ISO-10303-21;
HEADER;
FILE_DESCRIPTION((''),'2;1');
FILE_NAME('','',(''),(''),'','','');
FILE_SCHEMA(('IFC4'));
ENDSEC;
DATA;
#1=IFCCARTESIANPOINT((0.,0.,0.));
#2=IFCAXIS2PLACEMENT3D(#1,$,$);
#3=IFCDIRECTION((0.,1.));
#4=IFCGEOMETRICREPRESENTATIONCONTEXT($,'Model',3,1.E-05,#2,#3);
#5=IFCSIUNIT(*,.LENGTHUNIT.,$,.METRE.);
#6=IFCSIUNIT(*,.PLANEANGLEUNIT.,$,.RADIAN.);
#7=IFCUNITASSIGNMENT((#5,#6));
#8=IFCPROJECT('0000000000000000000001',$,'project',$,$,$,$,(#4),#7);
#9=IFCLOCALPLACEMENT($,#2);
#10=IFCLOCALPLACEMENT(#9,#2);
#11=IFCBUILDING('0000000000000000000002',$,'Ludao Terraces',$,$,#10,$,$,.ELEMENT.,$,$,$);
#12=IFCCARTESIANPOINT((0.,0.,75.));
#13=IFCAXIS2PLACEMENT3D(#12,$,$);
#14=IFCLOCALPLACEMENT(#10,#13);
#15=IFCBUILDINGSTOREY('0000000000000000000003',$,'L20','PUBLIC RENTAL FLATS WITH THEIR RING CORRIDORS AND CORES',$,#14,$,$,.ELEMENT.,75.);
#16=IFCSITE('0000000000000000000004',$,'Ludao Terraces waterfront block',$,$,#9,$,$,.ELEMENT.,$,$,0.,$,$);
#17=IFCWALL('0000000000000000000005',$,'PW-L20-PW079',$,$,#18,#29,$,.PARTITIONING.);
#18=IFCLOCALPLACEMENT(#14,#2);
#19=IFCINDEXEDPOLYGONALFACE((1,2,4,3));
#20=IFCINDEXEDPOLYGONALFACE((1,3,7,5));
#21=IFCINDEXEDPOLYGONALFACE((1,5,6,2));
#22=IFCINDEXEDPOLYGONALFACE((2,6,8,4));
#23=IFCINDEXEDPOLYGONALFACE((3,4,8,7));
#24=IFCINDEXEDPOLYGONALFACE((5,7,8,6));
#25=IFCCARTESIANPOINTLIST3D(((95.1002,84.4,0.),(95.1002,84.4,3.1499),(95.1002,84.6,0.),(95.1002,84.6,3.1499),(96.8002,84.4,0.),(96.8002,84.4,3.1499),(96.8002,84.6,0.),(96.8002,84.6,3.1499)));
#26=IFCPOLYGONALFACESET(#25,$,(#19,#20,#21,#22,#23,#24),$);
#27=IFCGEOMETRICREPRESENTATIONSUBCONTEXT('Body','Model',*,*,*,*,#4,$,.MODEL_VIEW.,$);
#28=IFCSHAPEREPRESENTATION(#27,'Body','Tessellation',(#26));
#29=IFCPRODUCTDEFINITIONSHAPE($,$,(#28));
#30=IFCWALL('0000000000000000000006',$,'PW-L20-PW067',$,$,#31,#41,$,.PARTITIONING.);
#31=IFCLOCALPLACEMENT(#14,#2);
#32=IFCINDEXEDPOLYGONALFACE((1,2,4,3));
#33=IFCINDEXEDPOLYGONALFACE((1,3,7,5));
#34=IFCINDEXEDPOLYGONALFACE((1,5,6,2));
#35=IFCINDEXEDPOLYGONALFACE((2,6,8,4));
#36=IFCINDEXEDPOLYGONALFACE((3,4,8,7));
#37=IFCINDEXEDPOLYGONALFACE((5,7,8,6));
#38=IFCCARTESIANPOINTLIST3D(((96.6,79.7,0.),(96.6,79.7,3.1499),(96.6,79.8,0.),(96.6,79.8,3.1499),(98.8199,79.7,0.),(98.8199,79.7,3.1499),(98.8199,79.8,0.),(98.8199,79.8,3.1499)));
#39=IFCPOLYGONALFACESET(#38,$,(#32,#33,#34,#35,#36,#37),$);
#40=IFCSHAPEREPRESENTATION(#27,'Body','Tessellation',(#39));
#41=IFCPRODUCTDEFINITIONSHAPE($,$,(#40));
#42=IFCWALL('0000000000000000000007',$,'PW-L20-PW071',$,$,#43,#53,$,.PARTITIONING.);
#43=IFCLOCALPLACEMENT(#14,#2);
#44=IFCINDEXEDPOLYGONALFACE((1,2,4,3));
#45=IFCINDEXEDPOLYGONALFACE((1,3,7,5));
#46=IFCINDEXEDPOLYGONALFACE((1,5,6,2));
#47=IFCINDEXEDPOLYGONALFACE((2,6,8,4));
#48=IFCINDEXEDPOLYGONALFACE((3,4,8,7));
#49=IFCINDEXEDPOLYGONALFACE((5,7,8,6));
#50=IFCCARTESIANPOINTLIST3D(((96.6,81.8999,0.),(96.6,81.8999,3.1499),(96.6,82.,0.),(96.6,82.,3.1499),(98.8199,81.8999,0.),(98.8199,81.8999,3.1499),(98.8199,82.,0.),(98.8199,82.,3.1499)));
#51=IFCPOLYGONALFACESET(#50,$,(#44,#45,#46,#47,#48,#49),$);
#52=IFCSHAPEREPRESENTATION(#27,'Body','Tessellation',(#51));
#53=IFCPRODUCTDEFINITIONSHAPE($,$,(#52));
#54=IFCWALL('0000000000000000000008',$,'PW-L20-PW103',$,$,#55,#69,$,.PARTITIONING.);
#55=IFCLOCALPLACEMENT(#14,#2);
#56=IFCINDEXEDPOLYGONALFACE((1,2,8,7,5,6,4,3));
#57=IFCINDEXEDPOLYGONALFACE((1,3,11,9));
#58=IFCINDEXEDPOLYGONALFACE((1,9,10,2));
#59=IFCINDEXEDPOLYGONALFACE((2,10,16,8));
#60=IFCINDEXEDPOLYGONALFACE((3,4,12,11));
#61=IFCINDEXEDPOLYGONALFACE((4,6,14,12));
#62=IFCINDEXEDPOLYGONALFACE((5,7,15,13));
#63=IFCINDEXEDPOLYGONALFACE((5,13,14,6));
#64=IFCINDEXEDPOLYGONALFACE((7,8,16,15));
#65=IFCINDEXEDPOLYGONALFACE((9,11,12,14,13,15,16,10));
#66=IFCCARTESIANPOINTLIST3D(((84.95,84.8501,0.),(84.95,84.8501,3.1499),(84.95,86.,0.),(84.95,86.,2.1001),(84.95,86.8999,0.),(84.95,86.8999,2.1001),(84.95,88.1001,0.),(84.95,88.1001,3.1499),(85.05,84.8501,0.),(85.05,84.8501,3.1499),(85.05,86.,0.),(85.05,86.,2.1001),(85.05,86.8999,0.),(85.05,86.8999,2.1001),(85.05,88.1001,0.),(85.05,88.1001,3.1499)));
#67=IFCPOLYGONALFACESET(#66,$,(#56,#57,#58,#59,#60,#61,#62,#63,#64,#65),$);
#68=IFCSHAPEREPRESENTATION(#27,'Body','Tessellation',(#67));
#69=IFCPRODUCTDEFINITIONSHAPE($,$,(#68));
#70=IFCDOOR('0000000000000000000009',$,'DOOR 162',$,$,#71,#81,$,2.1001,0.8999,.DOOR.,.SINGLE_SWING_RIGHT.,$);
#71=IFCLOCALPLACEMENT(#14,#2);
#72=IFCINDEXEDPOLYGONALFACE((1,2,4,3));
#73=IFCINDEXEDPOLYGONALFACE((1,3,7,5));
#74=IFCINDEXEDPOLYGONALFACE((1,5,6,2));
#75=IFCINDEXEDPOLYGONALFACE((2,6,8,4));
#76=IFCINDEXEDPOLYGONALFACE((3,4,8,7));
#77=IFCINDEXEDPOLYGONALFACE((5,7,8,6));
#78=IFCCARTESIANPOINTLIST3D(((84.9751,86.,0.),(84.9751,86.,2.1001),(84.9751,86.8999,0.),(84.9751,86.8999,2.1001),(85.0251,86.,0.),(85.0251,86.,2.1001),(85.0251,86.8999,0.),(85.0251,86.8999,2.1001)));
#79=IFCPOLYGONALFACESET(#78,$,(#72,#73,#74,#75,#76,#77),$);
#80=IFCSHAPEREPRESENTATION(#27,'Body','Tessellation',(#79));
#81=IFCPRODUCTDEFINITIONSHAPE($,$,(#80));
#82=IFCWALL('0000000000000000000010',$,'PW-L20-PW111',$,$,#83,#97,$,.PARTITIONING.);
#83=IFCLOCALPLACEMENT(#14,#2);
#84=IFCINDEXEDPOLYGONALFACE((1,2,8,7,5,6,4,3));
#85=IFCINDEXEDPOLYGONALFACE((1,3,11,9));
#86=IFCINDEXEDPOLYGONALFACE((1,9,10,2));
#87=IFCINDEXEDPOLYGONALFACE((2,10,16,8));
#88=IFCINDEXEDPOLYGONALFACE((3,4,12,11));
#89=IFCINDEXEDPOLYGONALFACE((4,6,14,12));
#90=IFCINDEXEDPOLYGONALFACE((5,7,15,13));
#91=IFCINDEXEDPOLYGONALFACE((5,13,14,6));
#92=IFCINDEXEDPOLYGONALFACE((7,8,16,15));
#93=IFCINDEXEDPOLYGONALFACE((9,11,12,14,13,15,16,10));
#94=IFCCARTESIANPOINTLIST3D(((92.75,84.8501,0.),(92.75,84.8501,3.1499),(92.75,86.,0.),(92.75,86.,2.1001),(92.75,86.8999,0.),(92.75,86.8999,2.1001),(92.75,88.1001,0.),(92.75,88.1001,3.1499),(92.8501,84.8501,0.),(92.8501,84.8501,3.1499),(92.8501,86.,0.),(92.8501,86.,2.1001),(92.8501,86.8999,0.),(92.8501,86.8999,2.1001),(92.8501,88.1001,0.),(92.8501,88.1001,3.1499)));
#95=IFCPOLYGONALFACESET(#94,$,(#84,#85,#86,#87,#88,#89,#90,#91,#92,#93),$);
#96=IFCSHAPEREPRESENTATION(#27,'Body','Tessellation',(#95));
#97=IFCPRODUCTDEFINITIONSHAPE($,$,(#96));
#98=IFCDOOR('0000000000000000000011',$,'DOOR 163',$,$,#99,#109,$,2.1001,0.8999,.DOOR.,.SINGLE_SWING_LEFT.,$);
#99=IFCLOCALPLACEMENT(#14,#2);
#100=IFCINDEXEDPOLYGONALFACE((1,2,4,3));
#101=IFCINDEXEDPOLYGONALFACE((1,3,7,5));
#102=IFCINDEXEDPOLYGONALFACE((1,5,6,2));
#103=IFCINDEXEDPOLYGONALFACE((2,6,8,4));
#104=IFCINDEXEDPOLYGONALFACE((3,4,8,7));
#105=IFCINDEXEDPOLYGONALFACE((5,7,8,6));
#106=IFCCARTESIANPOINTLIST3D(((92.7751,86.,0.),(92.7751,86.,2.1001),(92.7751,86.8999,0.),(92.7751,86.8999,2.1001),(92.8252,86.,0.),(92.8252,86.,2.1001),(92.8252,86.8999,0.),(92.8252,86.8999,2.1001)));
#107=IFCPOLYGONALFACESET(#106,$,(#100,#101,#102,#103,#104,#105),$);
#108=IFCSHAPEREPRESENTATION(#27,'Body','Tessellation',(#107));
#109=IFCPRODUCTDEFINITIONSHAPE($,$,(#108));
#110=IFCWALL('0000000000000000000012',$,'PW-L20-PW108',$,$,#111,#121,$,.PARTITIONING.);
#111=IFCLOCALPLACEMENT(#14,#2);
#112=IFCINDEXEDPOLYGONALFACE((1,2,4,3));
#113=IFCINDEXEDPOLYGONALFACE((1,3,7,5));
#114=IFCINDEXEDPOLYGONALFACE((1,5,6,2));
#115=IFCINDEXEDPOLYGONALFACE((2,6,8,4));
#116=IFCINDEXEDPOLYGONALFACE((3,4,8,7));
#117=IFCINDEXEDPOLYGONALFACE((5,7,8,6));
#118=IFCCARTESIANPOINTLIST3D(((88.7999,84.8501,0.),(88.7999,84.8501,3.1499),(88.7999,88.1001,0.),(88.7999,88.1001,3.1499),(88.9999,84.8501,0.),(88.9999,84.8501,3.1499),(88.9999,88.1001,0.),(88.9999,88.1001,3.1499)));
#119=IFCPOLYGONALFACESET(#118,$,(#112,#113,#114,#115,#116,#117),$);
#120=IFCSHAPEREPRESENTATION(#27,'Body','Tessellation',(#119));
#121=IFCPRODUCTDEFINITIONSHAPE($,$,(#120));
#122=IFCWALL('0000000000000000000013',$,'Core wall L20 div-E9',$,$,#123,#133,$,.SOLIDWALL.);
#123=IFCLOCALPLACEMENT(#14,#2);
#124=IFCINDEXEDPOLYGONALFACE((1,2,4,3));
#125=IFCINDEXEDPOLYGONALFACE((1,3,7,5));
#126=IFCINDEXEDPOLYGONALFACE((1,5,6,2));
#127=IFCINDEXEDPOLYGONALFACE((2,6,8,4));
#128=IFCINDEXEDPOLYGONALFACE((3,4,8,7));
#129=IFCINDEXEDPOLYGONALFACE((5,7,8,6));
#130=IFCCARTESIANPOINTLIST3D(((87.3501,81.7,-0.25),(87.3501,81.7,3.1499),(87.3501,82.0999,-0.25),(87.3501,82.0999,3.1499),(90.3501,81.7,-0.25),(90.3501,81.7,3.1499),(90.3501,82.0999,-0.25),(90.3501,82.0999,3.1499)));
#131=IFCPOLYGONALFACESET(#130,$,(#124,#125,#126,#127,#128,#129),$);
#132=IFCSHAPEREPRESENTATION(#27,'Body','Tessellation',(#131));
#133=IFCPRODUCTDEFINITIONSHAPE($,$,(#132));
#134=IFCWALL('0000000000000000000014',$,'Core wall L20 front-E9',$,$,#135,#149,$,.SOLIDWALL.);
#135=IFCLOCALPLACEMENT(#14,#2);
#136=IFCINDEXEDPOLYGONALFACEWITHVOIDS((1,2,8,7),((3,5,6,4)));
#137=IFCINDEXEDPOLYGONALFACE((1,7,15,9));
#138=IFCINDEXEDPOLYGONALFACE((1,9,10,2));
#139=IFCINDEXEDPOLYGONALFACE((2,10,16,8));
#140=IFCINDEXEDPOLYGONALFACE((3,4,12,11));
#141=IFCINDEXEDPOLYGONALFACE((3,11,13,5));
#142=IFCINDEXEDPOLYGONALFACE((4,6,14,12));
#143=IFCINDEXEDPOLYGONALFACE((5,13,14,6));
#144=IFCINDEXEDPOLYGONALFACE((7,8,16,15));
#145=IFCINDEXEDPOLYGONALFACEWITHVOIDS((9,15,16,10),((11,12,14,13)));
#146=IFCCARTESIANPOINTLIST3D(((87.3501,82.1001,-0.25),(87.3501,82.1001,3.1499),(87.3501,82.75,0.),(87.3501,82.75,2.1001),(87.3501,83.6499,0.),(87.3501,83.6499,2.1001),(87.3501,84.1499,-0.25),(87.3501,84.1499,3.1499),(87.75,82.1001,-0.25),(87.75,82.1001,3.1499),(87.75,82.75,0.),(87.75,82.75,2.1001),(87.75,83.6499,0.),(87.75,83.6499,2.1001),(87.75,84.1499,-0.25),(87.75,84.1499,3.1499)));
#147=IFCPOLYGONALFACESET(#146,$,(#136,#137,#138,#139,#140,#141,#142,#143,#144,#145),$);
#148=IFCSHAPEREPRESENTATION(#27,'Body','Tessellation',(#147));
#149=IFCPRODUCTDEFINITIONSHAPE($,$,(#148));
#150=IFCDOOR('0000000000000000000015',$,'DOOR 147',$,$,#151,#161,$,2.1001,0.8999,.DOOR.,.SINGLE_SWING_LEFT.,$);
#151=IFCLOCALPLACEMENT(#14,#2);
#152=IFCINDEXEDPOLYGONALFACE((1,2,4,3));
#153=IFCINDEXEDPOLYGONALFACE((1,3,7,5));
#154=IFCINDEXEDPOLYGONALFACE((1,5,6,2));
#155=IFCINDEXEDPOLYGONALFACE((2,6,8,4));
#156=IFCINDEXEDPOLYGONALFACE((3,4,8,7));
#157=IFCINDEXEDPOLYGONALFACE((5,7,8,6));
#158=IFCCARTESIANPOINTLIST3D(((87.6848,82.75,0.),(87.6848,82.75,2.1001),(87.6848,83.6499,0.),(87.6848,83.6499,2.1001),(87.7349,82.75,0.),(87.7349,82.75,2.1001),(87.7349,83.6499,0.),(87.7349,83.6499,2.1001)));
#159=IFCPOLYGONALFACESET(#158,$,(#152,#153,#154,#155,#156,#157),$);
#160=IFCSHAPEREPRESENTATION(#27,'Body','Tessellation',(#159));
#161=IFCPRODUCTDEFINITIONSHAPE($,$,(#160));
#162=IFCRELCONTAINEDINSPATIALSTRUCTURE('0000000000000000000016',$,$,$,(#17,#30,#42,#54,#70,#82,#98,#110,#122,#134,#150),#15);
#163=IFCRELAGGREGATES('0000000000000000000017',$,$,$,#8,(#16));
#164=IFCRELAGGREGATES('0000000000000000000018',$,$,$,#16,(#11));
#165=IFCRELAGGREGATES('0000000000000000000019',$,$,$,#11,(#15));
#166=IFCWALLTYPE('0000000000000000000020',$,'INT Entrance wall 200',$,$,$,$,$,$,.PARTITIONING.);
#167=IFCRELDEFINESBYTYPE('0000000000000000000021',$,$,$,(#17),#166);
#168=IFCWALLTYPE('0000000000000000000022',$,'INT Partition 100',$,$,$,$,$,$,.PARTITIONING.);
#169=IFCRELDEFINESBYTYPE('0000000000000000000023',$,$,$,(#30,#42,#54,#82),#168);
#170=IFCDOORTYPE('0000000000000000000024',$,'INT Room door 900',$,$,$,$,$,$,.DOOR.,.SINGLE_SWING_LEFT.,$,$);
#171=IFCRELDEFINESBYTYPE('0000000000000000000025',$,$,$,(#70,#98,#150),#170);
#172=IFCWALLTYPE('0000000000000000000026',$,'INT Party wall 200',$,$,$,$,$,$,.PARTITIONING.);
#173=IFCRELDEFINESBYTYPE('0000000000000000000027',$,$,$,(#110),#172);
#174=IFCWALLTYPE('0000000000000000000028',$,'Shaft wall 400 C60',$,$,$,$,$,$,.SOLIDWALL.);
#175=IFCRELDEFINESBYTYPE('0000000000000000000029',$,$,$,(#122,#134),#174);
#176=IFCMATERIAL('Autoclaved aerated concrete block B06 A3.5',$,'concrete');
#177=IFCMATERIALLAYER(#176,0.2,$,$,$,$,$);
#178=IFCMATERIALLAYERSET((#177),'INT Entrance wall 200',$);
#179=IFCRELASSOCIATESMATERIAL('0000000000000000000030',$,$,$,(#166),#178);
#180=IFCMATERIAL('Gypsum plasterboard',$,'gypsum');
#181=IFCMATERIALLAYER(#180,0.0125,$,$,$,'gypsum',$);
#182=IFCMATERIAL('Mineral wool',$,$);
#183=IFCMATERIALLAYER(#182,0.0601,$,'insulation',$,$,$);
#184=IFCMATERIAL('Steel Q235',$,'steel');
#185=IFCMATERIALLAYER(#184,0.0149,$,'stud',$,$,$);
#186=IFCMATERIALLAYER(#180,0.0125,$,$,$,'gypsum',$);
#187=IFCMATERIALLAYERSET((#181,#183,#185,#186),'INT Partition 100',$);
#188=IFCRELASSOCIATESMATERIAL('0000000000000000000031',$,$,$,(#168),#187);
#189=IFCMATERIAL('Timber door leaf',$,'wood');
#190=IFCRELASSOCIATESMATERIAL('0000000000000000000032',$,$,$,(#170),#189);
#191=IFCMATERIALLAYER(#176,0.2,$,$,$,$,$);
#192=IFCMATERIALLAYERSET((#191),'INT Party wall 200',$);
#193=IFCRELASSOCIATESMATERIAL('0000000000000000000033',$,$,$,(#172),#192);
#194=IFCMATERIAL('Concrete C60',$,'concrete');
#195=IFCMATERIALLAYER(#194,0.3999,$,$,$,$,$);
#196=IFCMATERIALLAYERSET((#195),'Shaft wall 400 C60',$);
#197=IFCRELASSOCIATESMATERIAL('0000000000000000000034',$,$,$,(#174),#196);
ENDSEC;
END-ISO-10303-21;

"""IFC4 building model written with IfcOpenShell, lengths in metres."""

from ifc_helpers import new_model, si_unit, direction, frame, frame_2d, origin, place, context, subcontext, project, spatial, rectangle, extrude, material, layer, layer_set, type_object, element, fill, save


model = new_model("IFC4")

# Units and contexts
model_context = context("Model", 3, precision=1e-05, world=origin(), true_north=direction((0.0, 1.0)))
body_context = subcontext(model_context, "Body", "Model", "MODEL_VIEW")
ifc_project = project(units=[si_unit("LENGTHUNIT", "METRE"), si_unit("PLANEANGLEUNIT", "RADIAN")], contexts=[model_context])

# Site, building, storey
site_placement = place(None, origin())
site = spatial("IfcSite", under=ifc_project, at=site_placement, Name="Ludao Terraces waterfront block", CompositionType="ELEMENT", RefElevation=0.0)
building_placement = place(site_placement, origin())
building = spatial("IfcBuilding", under=site, at=building_placement, Name="Ludao Terraces", CompositionType="ELEMENT")
storey_placement = place(building_placement, frame((0.0, 0.0, 75.0)))
storey = spatial("IfcBuildingStorey", under=building, at=storey_placement, Name="L20", Description="PUBLIC RENTAL FLATS WITH THEIR RING CORRIDORS AND CORES", CompositionType="ELEMENT", Elevation=75.0)

# Shared definitions
ifc_material_1 = material(Name="Mineral wool")

# Walls
ifc_material_2 = material(Name="Autoclaved aerated concrete block B06 A3.5", Category="concrete")
ifc_layer_1 = layer(ifc_material_2, 0.2)
ifc_layer_set_1 = layer_set([ifc_layer_1], Name="INT Entrance wall 200")
wall_type_1 = type_object("IfcWallType", Name="INT Entrance wall 200", PredefinedType="PARTITIONING", material=ifc_layer_set_1)
wall_1_placement = place(storey_placement, frame((95.1001, 84.5, 0.0), z_axis=(0.0, 0.0, 1.0), x_axis=(1.0, 0.0, 0.0)))
element("IfcWall", 1, at=wall_1_placement, inside=storey, type_object=wall_type_1, Name="PW-L20-PW079", PredefinedType="PARTITIONING", context=body_context, shape_type="SweptSolid", body=[
    extrude(rectangle(XDim=1.7, YDim=0.2, at=frame_2d((0.8501, 0.0))), origin(), (0.0, 0.0, 1.0), 3.1499),
])
ifc_material_3 = material(Name="Gypsum plasterboard", Category="gypsum")
ifc_layer_2 = layer(ifc_material_3, 0.0125, Category="gypsum")
ifc_layer_3 = layer(ifc_material_1, 0.0601, Name="insulation")
ifc_material_4 = material(Name="Steel Q235", Category="steel")
ifc_layer_4 = layer(ifc_material_4, 0.0149, Name="stud")
ifc_layer_5 = layer(ifc_material_3, 0.0125, Category="gypsum")
ifc_layer_set_2 = layer_set([ifc_layer_2, ifc_layer_3, ifc_layer_4, ifc_layer_5], Name="INT Partition 100")
wall_type_2 = type_object("IfcWallType", Name="INT Partition 100", PredefinedType="PARTITIONING", material=ifc_layer_set_2)
for number, where, z_axis, x_axis, name in (
    (2, (96.6001, 79.75, 0.0), (0.0, 0.0, 1.0), (1.0, 0.0, 0.0), "PW-L20-PW067"),
    (3, (96.6001, 81.95, 0.0), (0.0, 0.0, 1.0), (1.0, 0.0, 0.0), "PW-L20-PW071"),
):
    element("IfcWall", number, at=place(storey_placement, frame(where, z_axis=z_axis, x_axis=x_axis)), inside=storey, type_object=wall_type_2, Name=name, PredefinedType="PARTITIONING", context=body_context, shape_type="SweptSolid", body=[
        extrude(rectangle(XDim=2.22, YDim=0.1001, at=frame_2d((1.1099, 0.0))), origin(), (0.0, 0.0, 1.0), 3.1499),
    ])

# Walls, openings, doors
wall_2_placement = place(storey_placement, frame((85.0, 84.8501, 0.0), z_axis=(0.0, 0.0, 1.0), x_axis=(0.0, 1.0, 0.0)))
wall_2 = element("IfcWall", 4, at=wall_2_placement, inside=storey, type_object=wall_type_2, Name="PW-L20-PW103", PredefinedType="PARTITIONING", context=body_context, shape_type="SweptSolid", body=[
    extrude(rectangle(XDim=3.25, YDim=0.1001, at=frame_2d((1.625, 0.0))), origin(), (0.0, 0.0, 1.0), 3.1499),
])
opening_1_placement = place(wall_2_placement, frame((1.1499, 0.0, 0.0)))
opening_1 = element("IfcOpeningElement", 5, at=opening_1_placement, cuts=wall_2, PredefinedType="OPENING", context=body_context, shape_type="SweptSolid", body=[
    extrude(rectangle(XDim=0.8999, YDim=2.1001, at=frame_2d((0.45, 1.05))), frame((0.0, 0.0601, 0.0), z_axis=(0.0, -1.0, 0.0), x_axis=(1.0, 0.0, 0.0)), (0.0, 0.0, 1.0), 0.1201),
])
ifc_material_5 = material(Name="Timber door leaf", Category="wood")
door_type_1 = type_object("IfcDoorType", Name="INT Room door 900", OperationType="SINGLE_SWING_LEFT", PredefinedType="DOOR", material=ifc_material_5)
door_1_placement = place(opening_1_placement, origin())
door_1 = element("IfcDoor", 6, at=door_1_placement, inside=storey, type_object=door_type_1, Name="DOOR 162", OperationType="SINGLE_SWING_RIGHT", OverallHeight=2.1001, OverallWidth=0.8999, PredefinedType="DOOR", context=body_context, shape_type="SweptSolid", body=[
    extrude(rectangle(XDim=0.8999, YDim=2.1001, at=frame_2d((0.45, 1.05))), frame((0.0, 0.0249, 0.0), z_axis=(0.0, -1.0, 0.0), x_axis=(1.0, 0.0, 0.0)), (0.0, 0.0, 1.0), 0.05),
])
fill(opening_1, door_1)
wall_3_placement = place(storey_placement, frame((92.8, 84.8501, 0.0), z_axis=(0.0, 0.0, 1.0), x_axis=(0.0, 1.0, 0.0)))
wall_3 = element("IfcWall", 7, at=wall_3_placement, inside=storey, type_object=wall_type_2, Name="PW-L20-PW111", PredefinedType="PARTITIONING", context=body_context, shape_type="SweptSolid", body=[
    extrude(rectangle(XDim=3.25, YDim=0.1001, at=frame_2d((1.625, 0.0))), origin(), (0.0, 0.0, 1.0), 3.1499),
])
opening_2_placement = place(wall_3_placement, frame((1.1499, 0.0, 0.0)))
opening_2 = element("IfcOpeningElement", 8, at=opening_2_placement, cuts=wall_3, PredefinedType="OPENING", context=body_context, shape_type="SweptSolid", body=[
    extrude(rectangle(XDim=0.8999, YDim=2.1001, at=frame_2d((0.45, 1.05))), frame((0.0, 0.0601, 0.0), z_axis=(0.0, -1.0, 0.0), x_axis=(1.0, 0.0, 0.0)), (0.0, 0.0, 1.0), 0.1201),
])
door_2_placement = place(opening_2_placement, origin())
door_2 = element("IfcDoor", 9, at=door_2_placement, inside=storey, type_object=door_type_1, Name="DOOR 163", OperationType="SINGLE_SWING_LEFT", OverallHeight=2.1001, OverallWidth=0.8999, PredefinedType="DOOR", context=body_context, shape_type="SweptSolid", body=[
    extrude(rectangle(XDim=0.8999, YDim=2.1001, at=frame_2d((0.45, 1.05))), frame((0.0, 0.0249, 0.0), z_axis=(0.0, -1.0, 0.0), x_axis=(1.0, 0.0, 0.0)), (0.0, 0.0, 1.0), 0.05),
])
fill(opening_2, door_2)

# Walls
ifc_layer_6 = layer(ifc_material_2, 0.2)
ifc_layer_set_3 = layer_set([ifc_layer_6], Name="INT Party wall 200")
wall_type_3 = type_object("IfcWallType", Name="INT Party wall 200", PredefinedType="PARTITIONING", material=ifc_layer_set_3)
wall_4_placement = place(storey_placement, frame((88.8999, 84.8501, 0.0), z_axis=(0.0, 0.0, 1.0), x_axis=(0.0, 1.0, 0.0)))
element("IfcWall", 10, at=wall_4_placement, inside=storey, type_object=wall_type_3, Name="PW-L20-PW108", PredefinedType="PARTITIONING", context=body_context, shape_type="SweptSolid", body=[
    extrude(rectangle(XDim=3.25, YDim=0.2, at=frame_2d((1.625, 0.0))), origin(), (0.0, 0.0, 1.0), 3.1499),
])
ifc_material_6 = material(Name="Concrete C60", Category="concrete")
ifc_layer_7 = layer(ifc_material_6, 0.3999)
ifc_layer_set_4 = layer_set([ifc_layer_7], Name="Shaft wall 400 C60")
wall_type_4 = type_object("IfcWallType", Name="Shaft wall 400 C60", PredefinedType="SOLIDWALL", material=ifc_layer_set_4)
wall_5_placement = place(storey_placement, frame((87.3501, 81.8999, -0.25), z_axis=(0.0, 0.0, 1.0), x_axis=(1.0, 0.0, 0.0)))
element("IfcWall", 11, at=wall_5_placement, inside=storey, type_object=wall_type_4, Name="Core wall L20 div-E9", PredefinedType="SOLIDWALL", context=body_context, shape_type="SweptSolid", body=[
    extrude(rectangle(XDim=3.0, YDim=0.3999, at=frame_2d((1.5, 0.0))), origin(), (0.0, 0.0, 1.0), 3.3999),
])

# Wall, opening, door
wall_6_placement = place(storey_placement, frame((87.55, 82.1001, -0.25), z_axis=(0.0, 0.0, 1.0), x_axis=(0.0, 1.0, 0.0)))
wall_6 = element("IfcWall", 12, at=wall_6_placement, inside=storey, type_object=wall_type_4, Name="Core wall L20 front-E9", PredefinedType="SOLIDWALL", context=body_context, shape_type="SweptSolid", body=[
    extrude(rectangle(XDim=2.0498, YDim=0.3999, at=frame_2d((1.0249, 0.0))), origin(), (0.0, 0.0, 1.0), 3.3999),
])
opening_3_placement = place(wall_6_placement, frame((0.6499, 0.0, 0.25)))
opening_3 = element("IfcOpeningElement", 13, at=opening_3_placement, cuts=wall_6, PredefinedType="OPENING", context=body_context, shape_type="SweptSolid", body=[
    extrude(rectangle(XDim=0.8999, YDim=2.1001, at=frame_2d((0.45, 1.05))), frame((0.0, 0.21, 0.0), z_axis=(0.0, -1.0, 0.0), x_axis=(1.0, 0.0, 0.0)), (0.0, 0.0, 1.0), 0.4199),
])
door_3_placement = place(opening_3_placement, origin())
door_3 = element("IfcDoor", 14, at=door_3_placement, inside=storey, type_object=door_type_1, Name="DOOR 147", OperationType="SINGLE_SWING_LEFT", OverallHeight=2.1001, OverallWidth=0.8999, PredefinedType="DOOR", context=body_context, shape_type="SweptSolid", body=[
    extrude(rectangle(XDim=0.8999, YDim=2.1001, at=frame_2d((0.45, 1.05))), frame((0.0, -0.1348, 0.0), z_axis=(0.0, -1.0, 0.0), x_axis=(1.0, 0.0, 0.0)), (0.0, 0.0, 1.0), 0.05),
])
fill(opening_3, door_3)

save(model, "model.ifc")
